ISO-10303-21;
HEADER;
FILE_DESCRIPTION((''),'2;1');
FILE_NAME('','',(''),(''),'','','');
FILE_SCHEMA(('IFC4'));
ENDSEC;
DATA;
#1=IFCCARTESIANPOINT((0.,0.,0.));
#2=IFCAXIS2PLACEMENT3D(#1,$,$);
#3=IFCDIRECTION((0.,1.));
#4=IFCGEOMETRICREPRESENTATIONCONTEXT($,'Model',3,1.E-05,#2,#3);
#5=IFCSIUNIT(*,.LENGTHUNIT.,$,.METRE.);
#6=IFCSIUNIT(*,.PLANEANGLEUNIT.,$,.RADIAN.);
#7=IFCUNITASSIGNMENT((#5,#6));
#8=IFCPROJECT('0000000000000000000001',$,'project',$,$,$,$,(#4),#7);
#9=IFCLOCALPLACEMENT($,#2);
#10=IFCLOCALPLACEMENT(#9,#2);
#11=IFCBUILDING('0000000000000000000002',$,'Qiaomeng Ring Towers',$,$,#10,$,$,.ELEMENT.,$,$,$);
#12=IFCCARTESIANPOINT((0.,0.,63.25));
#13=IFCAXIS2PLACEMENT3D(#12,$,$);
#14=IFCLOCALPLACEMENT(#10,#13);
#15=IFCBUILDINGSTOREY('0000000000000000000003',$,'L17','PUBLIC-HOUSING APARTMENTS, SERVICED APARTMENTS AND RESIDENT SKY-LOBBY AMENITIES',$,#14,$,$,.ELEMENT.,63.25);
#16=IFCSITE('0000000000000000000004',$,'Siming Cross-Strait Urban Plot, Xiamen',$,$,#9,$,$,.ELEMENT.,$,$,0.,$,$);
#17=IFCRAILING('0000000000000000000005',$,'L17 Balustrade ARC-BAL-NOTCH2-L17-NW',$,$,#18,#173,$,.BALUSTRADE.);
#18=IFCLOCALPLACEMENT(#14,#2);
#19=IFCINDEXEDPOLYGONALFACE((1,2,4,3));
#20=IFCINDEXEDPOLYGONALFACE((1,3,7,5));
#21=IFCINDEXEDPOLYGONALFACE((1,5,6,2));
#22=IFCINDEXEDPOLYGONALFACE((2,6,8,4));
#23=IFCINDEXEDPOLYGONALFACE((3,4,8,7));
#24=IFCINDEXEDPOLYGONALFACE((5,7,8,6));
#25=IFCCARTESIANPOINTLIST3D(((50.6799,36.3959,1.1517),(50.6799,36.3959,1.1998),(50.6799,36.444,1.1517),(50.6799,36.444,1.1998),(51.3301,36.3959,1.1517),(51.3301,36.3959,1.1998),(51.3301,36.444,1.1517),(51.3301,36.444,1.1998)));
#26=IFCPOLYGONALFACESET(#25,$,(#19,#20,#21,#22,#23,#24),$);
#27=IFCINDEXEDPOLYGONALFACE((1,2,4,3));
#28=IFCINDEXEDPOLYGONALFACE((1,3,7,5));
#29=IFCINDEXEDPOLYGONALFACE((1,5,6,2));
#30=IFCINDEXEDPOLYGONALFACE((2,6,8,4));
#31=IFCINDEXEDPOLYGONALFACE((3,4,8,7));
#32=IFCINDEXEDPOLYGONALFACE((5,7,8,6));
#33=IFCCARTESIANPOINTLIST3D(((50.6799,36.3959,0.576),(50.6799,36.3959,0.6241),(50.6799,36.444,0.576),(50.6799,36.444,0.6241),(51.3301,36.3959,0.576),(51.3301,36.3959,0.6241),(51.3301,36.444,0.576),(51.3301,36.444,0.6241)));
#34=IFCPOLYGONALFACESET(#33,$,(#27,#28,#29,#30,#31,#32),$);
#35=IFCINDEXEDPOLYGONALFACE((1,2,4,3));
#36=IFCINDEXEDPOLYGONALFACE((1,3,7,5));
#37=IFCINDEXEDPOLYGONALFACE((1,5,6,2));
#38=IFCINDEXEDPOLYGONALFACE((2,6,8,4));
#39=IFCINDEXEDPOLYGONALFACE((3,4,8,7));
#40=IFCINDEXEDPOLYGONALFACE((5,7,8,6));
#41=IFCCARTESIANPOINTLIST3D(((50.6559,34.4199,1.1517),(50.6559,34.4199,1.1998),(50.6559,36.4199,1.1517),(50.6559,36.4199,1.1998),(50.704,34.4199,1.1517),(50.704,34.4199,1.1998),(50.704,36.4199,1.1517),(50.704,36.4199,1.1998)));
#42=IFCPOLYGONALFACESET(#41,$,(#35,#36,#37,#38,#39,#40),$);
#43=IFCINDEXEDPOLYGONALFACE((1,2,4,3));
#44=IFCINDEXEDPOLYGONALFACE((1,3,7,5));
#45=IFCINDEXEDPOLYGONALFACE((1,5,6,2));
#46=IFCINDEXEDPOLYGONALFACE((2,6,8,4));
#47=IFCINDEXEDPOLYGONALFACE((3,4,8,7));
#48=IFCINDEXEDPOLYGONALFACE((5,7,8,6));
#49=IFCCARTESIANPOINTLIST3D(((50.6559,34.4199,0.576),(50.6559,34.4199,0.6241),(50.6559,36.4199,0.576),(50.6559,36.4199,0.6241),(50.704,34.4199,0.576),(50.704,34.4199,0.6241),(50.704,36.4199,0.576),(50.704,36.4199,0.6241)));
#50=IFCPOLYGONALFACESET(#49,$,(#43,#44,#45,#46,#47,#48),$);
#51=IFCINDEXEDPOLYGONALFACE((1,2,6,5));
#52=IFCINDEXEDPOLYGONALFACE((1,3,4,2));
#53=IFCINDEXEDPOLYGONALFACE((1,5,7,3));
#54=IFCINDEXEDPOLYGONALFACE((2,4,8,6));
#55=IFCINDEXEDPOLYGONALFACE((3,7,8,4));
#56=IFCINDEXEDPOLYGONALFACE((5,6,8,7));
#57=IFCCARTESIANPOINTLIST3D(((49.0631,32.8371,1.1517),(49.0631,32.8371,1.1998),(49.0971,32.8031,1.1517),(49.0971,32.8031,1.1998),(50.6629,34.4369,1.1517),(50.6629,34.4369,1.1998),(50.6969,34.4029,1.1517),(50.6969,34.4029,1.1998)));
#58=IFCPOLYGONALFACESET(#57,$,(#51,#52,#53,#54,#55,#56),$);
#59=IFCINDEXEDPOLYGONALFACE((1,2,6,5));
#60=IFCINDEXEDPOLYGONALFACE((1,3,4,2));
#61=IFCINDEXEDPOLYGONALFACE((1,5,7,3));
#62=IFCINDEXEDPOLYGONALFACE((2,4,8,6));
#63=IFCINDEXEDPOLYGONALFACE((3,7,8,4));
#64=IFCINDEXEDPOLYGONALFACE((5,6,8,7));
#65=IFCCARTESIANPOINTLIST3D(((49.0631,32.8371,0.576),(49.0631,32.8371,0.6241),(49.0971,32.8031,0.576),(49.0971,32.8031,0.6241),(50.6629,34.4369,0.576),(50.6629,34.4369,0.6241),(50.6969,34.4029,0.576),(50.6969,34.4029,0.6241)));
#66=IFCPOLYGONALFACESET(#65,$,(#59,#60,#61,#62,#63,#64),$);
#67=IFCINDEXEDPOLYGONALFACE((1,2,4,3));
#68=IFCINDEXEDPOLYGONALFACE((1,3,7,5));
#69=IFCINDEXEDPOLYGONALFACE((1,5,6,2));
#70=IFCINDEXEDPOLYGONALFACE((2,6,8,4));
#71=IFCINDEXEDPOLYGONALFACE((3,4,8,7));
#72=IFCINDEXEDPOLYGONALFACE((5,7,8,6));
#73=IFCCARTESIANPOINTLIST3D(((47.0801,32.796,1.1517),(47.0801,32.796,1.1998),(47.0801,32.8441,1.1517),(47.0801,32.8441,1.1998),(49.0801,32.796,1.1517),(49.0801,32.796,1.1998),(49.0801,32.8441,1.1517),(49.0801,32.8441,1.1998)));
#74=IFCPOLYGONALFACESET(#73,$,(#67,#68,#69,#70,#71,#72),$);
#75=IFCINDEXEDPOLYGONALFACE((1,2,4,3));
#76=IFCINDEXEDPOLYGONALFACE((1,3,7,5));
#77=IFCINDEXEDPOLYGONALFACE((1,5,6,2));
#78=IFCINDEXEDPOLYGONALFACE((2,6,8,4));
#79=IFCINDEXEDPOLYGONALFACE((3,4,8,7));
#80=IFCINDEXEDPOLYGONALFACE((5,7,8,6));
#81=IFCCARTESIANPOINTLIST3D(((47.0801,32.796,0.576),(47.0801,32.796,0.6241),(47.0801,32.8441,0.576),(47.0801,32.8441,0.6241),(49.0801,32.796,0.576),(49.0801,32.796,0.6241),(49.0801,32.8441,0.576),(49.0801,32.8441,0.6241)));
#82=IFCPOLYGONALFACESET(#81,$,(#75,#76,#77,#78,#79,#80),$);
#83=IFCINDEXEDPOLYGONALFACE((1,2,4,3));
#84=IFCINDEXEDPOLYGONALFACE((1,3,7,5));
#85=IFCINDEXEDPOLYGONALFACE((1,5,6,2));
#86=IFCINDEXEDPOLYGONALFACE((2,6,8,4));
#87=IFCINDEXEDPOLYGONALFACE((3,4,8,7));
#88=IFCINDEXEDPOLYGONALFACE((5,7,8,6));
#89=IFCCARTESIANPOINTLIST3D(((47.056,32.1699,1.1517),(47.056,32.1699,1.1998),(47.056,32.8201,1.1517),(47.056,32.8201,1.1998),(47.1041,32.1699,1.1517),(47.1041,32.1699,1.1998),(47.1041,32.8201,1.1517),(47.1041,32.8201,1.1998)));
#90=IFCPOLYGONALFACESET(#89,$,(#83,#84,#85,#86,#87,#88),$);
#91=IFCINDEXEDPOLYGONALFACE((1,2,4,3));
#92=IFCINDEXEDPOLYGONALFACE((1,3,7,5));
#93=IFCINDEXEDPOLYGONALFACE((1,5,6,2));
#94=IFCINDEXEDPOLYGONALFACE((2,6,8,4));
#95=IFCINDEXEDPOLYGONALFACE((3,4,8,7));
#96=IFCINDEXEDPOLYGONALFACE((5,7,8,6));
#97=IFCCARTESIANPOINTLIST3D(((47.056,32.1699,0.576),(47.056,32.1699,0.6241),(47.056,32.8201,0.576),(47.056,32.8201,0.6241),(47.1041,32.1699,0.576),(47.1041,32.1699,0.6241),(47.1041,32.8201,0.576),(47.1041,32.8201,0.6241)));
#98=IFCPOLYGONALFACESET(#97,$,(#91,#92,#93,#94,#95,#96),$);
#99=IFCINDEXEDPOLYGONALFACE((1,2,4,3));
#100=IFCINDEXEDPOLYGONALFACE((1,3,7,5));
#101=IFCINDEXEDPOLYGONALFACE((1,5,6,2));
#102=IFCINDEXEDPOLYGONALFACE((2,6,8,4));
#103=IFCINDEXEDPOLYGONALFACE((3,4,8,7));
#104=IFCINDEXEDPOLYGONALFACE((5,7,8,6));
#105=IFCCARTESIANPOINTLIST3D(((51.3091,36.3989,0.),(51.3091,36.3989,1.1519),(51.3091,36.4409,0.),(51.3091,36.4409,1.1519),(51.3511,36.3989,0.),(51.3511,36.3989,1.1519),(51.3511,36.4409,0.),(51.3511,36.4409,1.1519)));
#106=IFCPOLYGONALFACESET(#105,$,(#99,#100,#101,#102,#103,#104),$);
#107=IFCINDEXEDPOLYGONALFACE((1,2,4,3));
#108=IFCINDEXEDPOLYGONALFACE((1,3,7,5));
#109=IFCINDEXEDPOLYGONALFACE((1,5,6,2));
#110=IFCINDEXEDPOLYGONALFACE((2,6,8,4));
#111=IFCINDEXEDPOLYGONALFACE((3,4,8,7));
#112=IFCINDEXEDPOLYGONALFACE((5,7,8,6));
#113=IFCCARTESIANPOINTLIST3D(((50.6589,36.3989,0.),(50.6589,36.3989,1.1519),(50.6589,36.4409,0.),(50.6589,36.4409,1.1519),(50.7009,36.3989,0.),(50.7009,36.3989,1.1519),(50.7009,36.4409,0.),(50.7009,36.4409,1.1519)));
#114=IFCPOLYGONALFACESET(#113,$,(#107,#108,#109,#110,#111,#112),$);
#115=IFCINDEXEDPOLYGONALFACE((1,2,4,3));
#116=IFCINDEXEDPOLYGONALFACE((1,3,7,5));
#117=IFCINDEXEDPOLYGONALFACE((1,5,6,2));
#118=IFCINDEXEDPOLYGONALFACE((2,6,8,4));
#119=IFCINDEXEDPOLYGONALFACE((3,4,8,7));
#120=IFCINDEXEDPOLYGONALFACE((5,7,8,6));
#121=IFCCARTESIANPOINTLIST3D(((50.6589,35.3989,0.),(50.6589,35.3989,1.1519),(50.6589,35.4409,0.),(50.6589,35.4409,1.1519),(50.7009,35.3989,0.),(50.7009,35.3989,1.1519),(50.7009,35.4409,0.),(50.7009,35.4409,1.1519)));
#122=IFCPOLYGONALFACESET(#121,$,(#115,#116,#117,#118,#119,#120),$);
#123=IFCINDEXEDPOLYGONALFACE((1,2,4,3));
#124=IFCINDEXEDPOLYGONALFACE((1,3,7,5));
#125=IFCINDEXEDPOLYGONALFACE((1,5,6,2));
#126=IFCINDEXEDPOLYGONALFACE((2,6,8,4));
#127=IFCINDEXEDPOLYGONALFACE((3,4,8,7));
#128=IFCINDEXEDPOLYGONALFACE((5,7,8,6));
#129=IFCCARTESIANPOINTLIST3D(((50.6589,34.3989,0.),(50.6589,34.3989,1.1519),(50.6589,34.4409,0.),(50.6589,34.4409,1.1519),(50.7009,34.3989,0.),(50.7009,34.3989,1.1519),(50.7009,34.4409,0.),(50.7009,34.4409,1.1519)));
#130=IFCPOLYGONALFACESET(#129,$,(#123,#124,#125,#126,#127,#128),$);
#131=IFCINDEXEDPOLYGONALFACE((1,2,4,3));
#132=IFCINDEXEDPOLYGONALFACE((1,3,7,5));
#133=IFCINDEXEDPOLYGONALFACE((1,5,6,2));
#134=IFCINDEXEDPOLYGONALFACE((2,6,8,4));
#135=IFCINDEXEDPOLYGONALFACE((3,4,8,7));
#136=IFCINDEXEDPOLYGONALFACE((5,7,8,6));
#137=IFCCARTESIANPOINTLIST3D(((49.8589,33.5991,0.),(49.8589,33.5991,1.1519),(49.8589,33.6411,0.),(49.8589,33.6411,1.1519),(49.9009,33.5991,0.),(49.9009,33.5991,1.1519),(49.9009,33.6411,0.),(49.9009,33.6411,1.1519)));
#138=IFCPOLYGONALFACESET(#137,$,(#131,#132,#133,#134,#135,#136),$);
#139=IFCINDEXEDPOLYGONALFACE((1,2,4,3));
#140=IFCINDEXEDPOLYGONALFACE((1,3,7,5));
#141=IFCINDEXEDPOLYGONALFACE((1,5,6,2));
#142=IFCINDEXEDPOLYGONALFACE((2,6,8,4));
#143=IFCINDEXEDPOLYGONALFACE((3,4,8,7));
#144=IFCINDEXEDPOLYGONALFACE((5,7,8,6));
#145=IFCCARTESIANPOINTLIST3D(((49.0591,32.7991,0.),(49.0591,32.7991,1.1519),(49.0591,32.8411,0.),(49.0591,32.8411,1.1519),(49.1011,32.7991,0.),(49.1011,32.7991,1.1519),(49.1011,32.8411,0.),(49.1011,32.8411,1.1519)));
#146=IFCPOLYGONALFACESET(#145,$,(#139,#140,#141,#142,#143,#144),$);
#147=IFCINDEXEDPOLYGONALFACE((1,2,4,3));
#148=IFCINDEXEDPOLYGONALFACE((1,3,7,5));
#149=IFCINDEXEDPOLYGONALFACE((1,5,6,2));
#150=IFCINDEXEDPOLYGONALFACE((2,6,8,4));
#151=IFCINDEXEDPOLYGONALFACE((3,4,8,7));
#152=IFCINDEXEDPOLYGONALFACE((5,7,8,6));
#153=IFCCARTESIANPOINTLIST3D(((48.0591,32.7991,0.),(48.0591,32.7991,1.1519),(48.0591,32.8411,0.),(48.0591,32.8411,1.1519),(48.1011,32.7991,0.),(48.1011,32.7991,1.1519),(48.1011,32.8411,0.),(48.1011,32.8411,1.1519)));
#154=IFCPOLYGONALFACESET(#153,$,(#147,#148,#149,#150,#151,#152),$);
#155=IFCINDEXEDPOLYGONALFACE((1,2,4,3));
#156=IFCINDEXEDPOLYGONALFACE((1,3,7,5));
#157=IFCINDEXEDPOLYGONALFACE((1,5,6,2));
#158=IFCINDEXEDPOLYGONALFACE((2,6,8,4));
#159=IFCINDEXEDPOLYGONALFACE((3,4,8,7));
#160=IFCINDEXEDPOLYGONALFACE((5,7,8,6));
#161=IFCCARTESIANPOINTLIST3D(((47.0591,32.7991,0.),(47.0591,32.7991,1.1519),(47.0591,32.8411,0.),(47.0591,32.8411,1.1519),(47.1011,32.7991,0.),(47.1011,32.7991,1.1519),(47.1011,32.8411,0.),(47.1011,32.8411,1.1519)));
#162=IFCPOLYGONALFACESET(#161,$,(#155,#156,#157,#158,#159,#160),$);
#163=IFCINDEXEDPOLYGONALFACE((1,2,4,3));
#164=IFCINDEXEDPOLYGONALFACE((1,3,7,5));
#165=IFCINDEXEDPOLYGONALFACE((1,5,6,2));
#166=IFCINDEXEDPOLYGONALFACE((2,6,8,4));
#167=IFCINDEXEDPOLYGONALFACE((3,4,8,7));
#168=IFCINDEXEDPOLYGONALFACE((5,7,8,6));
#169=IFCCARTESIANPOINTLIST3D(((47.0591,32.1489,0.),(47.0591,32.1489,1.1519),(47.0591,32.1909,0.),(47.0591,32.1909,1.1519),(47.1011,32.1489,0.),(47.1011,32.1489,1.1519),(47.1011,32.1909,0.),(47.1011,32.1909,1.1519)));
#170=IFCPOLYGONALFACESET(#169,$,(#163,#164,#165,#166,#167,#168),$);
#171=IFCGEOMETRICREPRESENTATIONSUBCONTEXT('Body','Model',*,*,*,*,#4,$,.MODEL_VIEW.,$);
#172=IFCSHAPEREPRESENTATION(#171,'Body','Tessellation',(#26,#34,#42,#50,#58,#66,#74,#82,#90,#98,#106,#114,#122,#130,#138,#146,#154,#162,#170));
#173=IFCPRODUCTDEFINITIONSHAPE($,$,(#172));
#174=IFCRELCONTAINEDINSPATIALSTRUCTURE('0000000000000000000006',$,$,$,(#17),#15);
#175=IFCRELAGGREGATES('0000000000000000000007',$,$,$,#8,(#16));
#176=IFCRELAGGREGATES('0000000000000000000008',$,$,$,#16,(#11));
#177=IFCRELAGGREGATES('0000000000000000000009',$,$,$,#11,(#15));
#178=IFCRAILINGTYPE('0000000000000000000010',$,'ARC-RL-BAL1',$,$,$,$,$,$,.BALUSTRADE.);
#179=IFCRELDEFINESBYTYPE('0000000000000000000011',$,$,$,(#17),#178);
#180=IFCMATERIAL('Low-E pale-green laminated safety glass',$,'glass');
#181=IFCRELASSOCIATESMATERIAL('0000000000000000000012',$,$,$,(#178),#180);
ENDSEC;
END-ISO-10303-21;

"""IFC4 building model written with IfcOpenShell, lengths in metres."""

from ifc_helpers import new_model, si_unit, direction, frame, origin, origin_2d, place, context, subcontext, project, spatial, rectangle, extrude, material, type_object, element, save


model = new_model("IFC4")

# Units and contexts
model_context = context("Model", 3, precision=1e-05, world=origin(), true_north=direction((0.0, 1.0)))
body_context = subcontext(model_context, "Body", "Model", "MODEL_VIEW")
ifc_project = project(units=[si_unit("LENGTHUNIT", "METRE"), si_unit("PLANEANGLEUNIT", "RADIAN")], contexts=[model_context])

# Site, building, storey
site_placement = place(None, origin())
site = spatial("IfcSite", under=ifc_project, at=site_placement, Name="Siming Cross-Strait Urban Plot, Xiamen", CompositionType="ELEMENT", RefElevation=0.0)
building_placement = place(site_placement, origin())
building = spatial("IfcBuilding", under=site, at=building_placement, Name="Qiaomeng Ring Towers", CompositionType="ELEMENT")
storey_placement = place(building_placement, frame((0.0, 0.0, 63.25)))
storey = spatial("IfcBuildingStorey", under=building, at=storey_placement, Name="L17", Description="PUBLIC-HOUSING APARTMENTS, SERVICED APARTMENTS AND RESIDENT SKY-LOBBY AMENITIES", CompositionType="ELEMENT", Elevation=63.25)

# Railing
ifc_material_1 = material(Name="Low-E pale-green laminated safety glass", Category="glass")
railing_type = type_object("IfcRailingType", Name="ARC-RL-BAL1", PredefinedType="BALUSTRADE", material=ifc_material_1)
railing_1_placement = place(storey_placement, frame((51.3301, 36.4199, 0.0)))
element("IfcRailing", 1, at=railing_1_placement, inside=storey, type_object=railing_type, Name="L17 Balustrade ARC-BAL-NOTCH2-L17-NW", PredefinedType="BALUSTRADE", context=body_context, shape_type="SweptSolid", body=[
    extrude(rectangle(XDim=0.0481, YDim=0.0481, at=origin_2d()), frame((0.0, 0.0, 1.1758), z_axis=(-1.0, 0.0, 0.0), x_axis=(0.0, -1.0, 0.0)), (0.0, 0.0, 1.0), 0.6501),
    extrude(rectangle(XDim=0.0481, YDim=0.0481, at=origin_2d()), frame((0.0, 0.0, 0.6001), z_axis=(-1.0, 0.0, 0.0), x_axis=(0.0, -1.0, 0.0)), (0.0, 0.0, 1.0), 0.6501),
    extrude(rectangle(XDim=0.0481, YDim=0.0481, at=origin_2d()), frame((-0.6501, 0.0, 1.1758), z_axis=(0.0, -1.0, 0.0), x_axis=(1.0, 0.0, 0.0)), (0.0, 0.0, 1.0), 2.0),
    extrude(rectangle(XDim=0.0481, YDim=0.0481, at=origin_2d()), frame((-0.6501, 0.0, 0.6001), z_axis=(0.0, -1.0, 0.0), x_axis=(1.0, 0.0, 0.0)), (0.0, 0.0, 1.0), 2.0),
    extrude(rectangle(XDim=0.0481, YDim=0.0481, at=origin_2d()), frame((-0.6501, -2.0, 1.1758), z_axis=(-0.707107, -0.707107, 0.0), x_axis=(0.707107, -0.707107, 0.0)), (0.0, 0.0, 1.0), 2.2625),
    extrude(rectangle(XDim=0.0481, YDim=0.0481, at=origin_2d()), frame((-0.6501, -2.0, 0.6001), z_axis=(-0.707107, -0.707107, 0.0), x_axis=(0.707107, -0.707107, 0.0)), (0.0, 0.0, 1.0), 2.2625),
    extrude(rectangle(XDim=0.0481, YDim=0.0481, at=origin_2d()), frame((-2.25, -3.5999, 1.1758), z_axis=(-1.0, 0.0, 0.0), x_axis=(0.0, -1.0, 0.0)), (0.0, 0.0, 1.0), 2.0),
    extrude(rectangle(XDim=0.0481, YDim=0.0481, at=origin_2d()), frame((-2.25, -3.5999, 0.6001), z_axis=(-1.0, 0.0, 0.0), x_axis=(0.0, -1.0, 0.0)), (0.0, 0.0, 1.0), 2.0),
    extrude(rectangle(XDim=0.0481, YDim=0.0481, at=origin_2d()), frame((-4.25, -3.5999, 1.1758), z_axis=(0.0, -1.0, 0.0), x_axis=(1.0, 0.0, 0.0)), (0.0, 0.0, 1.0), 0.6501),
    extrude(rectangle(XDim=0.0481, YDim=0.0481, at=origin_2d()), frame((-4.25, -3.5999, 0.6001), z_axis=(0.0, -1.0, 0.0), x_axis=(1.0, 0.0, 0.0)), (0.0, 0.0, 1.0), 0.6501),
    extrude(rectangle(XDim=0.042, YDim=0.042, at=origin_2d()), origin(), (0.0, 0.0, 1.0), 1.1519),
    extrude(rectangle(XDim=0.042, YDim=0.042, at=origin_2d()), frame((-0.6501, 0.0, 0.0)), (0.0, 0.0, 1.0), 1.1519),
    extrude(rectangle(XDim=0.042, YDim=0.042, at=origin_2d()), frame((-0.6501, -1.0, 0.0)), (0.0, 0.0, 1.0), 1.1519),
    extrude(rectangle(XDim=0.042, YDim=0.042, at=origin_2d()), frame((-0.6501, -2.0, 0.0)), (0.0, 0.0, 1.0), 1.1519),
    extrude(rectangle(XDim=0.042, YDim=0.042, at=origin_2d()), frame((-1.4502, -2.7998, 0.0)), (0.0, 0.0, 1.0), 1.1519),
    extrude(rectangle(XDim=0.042, YDim=0.042, at=origin_2d()), frame((-2.25, -3.5999, 0.0)), (0.0, 0.0, 1.0), 1.1519),
    extrude(rectangle(XDim=0.042, YDim=0.042, at=origin_2d()), frame((-3.25, -3.5999, 0.0)), (0.0, 0.0, 1.0), 1.1519),
    extrude(rectangle(XDim=0.042, YDim=0.042, at=origin_2d()), frame((-4.25, -3.5999, 0.0)), (0.0, 0.0, 1.0), 1.1519),
    extrude(rectangle(XDim=0.042, YDim=0.042, at=origin_2d()), frame((-4.25, -4.25, 0.0)), (0.0, 0.0, 1.0), 1.1519),
])

save(model, "model.ifc")
